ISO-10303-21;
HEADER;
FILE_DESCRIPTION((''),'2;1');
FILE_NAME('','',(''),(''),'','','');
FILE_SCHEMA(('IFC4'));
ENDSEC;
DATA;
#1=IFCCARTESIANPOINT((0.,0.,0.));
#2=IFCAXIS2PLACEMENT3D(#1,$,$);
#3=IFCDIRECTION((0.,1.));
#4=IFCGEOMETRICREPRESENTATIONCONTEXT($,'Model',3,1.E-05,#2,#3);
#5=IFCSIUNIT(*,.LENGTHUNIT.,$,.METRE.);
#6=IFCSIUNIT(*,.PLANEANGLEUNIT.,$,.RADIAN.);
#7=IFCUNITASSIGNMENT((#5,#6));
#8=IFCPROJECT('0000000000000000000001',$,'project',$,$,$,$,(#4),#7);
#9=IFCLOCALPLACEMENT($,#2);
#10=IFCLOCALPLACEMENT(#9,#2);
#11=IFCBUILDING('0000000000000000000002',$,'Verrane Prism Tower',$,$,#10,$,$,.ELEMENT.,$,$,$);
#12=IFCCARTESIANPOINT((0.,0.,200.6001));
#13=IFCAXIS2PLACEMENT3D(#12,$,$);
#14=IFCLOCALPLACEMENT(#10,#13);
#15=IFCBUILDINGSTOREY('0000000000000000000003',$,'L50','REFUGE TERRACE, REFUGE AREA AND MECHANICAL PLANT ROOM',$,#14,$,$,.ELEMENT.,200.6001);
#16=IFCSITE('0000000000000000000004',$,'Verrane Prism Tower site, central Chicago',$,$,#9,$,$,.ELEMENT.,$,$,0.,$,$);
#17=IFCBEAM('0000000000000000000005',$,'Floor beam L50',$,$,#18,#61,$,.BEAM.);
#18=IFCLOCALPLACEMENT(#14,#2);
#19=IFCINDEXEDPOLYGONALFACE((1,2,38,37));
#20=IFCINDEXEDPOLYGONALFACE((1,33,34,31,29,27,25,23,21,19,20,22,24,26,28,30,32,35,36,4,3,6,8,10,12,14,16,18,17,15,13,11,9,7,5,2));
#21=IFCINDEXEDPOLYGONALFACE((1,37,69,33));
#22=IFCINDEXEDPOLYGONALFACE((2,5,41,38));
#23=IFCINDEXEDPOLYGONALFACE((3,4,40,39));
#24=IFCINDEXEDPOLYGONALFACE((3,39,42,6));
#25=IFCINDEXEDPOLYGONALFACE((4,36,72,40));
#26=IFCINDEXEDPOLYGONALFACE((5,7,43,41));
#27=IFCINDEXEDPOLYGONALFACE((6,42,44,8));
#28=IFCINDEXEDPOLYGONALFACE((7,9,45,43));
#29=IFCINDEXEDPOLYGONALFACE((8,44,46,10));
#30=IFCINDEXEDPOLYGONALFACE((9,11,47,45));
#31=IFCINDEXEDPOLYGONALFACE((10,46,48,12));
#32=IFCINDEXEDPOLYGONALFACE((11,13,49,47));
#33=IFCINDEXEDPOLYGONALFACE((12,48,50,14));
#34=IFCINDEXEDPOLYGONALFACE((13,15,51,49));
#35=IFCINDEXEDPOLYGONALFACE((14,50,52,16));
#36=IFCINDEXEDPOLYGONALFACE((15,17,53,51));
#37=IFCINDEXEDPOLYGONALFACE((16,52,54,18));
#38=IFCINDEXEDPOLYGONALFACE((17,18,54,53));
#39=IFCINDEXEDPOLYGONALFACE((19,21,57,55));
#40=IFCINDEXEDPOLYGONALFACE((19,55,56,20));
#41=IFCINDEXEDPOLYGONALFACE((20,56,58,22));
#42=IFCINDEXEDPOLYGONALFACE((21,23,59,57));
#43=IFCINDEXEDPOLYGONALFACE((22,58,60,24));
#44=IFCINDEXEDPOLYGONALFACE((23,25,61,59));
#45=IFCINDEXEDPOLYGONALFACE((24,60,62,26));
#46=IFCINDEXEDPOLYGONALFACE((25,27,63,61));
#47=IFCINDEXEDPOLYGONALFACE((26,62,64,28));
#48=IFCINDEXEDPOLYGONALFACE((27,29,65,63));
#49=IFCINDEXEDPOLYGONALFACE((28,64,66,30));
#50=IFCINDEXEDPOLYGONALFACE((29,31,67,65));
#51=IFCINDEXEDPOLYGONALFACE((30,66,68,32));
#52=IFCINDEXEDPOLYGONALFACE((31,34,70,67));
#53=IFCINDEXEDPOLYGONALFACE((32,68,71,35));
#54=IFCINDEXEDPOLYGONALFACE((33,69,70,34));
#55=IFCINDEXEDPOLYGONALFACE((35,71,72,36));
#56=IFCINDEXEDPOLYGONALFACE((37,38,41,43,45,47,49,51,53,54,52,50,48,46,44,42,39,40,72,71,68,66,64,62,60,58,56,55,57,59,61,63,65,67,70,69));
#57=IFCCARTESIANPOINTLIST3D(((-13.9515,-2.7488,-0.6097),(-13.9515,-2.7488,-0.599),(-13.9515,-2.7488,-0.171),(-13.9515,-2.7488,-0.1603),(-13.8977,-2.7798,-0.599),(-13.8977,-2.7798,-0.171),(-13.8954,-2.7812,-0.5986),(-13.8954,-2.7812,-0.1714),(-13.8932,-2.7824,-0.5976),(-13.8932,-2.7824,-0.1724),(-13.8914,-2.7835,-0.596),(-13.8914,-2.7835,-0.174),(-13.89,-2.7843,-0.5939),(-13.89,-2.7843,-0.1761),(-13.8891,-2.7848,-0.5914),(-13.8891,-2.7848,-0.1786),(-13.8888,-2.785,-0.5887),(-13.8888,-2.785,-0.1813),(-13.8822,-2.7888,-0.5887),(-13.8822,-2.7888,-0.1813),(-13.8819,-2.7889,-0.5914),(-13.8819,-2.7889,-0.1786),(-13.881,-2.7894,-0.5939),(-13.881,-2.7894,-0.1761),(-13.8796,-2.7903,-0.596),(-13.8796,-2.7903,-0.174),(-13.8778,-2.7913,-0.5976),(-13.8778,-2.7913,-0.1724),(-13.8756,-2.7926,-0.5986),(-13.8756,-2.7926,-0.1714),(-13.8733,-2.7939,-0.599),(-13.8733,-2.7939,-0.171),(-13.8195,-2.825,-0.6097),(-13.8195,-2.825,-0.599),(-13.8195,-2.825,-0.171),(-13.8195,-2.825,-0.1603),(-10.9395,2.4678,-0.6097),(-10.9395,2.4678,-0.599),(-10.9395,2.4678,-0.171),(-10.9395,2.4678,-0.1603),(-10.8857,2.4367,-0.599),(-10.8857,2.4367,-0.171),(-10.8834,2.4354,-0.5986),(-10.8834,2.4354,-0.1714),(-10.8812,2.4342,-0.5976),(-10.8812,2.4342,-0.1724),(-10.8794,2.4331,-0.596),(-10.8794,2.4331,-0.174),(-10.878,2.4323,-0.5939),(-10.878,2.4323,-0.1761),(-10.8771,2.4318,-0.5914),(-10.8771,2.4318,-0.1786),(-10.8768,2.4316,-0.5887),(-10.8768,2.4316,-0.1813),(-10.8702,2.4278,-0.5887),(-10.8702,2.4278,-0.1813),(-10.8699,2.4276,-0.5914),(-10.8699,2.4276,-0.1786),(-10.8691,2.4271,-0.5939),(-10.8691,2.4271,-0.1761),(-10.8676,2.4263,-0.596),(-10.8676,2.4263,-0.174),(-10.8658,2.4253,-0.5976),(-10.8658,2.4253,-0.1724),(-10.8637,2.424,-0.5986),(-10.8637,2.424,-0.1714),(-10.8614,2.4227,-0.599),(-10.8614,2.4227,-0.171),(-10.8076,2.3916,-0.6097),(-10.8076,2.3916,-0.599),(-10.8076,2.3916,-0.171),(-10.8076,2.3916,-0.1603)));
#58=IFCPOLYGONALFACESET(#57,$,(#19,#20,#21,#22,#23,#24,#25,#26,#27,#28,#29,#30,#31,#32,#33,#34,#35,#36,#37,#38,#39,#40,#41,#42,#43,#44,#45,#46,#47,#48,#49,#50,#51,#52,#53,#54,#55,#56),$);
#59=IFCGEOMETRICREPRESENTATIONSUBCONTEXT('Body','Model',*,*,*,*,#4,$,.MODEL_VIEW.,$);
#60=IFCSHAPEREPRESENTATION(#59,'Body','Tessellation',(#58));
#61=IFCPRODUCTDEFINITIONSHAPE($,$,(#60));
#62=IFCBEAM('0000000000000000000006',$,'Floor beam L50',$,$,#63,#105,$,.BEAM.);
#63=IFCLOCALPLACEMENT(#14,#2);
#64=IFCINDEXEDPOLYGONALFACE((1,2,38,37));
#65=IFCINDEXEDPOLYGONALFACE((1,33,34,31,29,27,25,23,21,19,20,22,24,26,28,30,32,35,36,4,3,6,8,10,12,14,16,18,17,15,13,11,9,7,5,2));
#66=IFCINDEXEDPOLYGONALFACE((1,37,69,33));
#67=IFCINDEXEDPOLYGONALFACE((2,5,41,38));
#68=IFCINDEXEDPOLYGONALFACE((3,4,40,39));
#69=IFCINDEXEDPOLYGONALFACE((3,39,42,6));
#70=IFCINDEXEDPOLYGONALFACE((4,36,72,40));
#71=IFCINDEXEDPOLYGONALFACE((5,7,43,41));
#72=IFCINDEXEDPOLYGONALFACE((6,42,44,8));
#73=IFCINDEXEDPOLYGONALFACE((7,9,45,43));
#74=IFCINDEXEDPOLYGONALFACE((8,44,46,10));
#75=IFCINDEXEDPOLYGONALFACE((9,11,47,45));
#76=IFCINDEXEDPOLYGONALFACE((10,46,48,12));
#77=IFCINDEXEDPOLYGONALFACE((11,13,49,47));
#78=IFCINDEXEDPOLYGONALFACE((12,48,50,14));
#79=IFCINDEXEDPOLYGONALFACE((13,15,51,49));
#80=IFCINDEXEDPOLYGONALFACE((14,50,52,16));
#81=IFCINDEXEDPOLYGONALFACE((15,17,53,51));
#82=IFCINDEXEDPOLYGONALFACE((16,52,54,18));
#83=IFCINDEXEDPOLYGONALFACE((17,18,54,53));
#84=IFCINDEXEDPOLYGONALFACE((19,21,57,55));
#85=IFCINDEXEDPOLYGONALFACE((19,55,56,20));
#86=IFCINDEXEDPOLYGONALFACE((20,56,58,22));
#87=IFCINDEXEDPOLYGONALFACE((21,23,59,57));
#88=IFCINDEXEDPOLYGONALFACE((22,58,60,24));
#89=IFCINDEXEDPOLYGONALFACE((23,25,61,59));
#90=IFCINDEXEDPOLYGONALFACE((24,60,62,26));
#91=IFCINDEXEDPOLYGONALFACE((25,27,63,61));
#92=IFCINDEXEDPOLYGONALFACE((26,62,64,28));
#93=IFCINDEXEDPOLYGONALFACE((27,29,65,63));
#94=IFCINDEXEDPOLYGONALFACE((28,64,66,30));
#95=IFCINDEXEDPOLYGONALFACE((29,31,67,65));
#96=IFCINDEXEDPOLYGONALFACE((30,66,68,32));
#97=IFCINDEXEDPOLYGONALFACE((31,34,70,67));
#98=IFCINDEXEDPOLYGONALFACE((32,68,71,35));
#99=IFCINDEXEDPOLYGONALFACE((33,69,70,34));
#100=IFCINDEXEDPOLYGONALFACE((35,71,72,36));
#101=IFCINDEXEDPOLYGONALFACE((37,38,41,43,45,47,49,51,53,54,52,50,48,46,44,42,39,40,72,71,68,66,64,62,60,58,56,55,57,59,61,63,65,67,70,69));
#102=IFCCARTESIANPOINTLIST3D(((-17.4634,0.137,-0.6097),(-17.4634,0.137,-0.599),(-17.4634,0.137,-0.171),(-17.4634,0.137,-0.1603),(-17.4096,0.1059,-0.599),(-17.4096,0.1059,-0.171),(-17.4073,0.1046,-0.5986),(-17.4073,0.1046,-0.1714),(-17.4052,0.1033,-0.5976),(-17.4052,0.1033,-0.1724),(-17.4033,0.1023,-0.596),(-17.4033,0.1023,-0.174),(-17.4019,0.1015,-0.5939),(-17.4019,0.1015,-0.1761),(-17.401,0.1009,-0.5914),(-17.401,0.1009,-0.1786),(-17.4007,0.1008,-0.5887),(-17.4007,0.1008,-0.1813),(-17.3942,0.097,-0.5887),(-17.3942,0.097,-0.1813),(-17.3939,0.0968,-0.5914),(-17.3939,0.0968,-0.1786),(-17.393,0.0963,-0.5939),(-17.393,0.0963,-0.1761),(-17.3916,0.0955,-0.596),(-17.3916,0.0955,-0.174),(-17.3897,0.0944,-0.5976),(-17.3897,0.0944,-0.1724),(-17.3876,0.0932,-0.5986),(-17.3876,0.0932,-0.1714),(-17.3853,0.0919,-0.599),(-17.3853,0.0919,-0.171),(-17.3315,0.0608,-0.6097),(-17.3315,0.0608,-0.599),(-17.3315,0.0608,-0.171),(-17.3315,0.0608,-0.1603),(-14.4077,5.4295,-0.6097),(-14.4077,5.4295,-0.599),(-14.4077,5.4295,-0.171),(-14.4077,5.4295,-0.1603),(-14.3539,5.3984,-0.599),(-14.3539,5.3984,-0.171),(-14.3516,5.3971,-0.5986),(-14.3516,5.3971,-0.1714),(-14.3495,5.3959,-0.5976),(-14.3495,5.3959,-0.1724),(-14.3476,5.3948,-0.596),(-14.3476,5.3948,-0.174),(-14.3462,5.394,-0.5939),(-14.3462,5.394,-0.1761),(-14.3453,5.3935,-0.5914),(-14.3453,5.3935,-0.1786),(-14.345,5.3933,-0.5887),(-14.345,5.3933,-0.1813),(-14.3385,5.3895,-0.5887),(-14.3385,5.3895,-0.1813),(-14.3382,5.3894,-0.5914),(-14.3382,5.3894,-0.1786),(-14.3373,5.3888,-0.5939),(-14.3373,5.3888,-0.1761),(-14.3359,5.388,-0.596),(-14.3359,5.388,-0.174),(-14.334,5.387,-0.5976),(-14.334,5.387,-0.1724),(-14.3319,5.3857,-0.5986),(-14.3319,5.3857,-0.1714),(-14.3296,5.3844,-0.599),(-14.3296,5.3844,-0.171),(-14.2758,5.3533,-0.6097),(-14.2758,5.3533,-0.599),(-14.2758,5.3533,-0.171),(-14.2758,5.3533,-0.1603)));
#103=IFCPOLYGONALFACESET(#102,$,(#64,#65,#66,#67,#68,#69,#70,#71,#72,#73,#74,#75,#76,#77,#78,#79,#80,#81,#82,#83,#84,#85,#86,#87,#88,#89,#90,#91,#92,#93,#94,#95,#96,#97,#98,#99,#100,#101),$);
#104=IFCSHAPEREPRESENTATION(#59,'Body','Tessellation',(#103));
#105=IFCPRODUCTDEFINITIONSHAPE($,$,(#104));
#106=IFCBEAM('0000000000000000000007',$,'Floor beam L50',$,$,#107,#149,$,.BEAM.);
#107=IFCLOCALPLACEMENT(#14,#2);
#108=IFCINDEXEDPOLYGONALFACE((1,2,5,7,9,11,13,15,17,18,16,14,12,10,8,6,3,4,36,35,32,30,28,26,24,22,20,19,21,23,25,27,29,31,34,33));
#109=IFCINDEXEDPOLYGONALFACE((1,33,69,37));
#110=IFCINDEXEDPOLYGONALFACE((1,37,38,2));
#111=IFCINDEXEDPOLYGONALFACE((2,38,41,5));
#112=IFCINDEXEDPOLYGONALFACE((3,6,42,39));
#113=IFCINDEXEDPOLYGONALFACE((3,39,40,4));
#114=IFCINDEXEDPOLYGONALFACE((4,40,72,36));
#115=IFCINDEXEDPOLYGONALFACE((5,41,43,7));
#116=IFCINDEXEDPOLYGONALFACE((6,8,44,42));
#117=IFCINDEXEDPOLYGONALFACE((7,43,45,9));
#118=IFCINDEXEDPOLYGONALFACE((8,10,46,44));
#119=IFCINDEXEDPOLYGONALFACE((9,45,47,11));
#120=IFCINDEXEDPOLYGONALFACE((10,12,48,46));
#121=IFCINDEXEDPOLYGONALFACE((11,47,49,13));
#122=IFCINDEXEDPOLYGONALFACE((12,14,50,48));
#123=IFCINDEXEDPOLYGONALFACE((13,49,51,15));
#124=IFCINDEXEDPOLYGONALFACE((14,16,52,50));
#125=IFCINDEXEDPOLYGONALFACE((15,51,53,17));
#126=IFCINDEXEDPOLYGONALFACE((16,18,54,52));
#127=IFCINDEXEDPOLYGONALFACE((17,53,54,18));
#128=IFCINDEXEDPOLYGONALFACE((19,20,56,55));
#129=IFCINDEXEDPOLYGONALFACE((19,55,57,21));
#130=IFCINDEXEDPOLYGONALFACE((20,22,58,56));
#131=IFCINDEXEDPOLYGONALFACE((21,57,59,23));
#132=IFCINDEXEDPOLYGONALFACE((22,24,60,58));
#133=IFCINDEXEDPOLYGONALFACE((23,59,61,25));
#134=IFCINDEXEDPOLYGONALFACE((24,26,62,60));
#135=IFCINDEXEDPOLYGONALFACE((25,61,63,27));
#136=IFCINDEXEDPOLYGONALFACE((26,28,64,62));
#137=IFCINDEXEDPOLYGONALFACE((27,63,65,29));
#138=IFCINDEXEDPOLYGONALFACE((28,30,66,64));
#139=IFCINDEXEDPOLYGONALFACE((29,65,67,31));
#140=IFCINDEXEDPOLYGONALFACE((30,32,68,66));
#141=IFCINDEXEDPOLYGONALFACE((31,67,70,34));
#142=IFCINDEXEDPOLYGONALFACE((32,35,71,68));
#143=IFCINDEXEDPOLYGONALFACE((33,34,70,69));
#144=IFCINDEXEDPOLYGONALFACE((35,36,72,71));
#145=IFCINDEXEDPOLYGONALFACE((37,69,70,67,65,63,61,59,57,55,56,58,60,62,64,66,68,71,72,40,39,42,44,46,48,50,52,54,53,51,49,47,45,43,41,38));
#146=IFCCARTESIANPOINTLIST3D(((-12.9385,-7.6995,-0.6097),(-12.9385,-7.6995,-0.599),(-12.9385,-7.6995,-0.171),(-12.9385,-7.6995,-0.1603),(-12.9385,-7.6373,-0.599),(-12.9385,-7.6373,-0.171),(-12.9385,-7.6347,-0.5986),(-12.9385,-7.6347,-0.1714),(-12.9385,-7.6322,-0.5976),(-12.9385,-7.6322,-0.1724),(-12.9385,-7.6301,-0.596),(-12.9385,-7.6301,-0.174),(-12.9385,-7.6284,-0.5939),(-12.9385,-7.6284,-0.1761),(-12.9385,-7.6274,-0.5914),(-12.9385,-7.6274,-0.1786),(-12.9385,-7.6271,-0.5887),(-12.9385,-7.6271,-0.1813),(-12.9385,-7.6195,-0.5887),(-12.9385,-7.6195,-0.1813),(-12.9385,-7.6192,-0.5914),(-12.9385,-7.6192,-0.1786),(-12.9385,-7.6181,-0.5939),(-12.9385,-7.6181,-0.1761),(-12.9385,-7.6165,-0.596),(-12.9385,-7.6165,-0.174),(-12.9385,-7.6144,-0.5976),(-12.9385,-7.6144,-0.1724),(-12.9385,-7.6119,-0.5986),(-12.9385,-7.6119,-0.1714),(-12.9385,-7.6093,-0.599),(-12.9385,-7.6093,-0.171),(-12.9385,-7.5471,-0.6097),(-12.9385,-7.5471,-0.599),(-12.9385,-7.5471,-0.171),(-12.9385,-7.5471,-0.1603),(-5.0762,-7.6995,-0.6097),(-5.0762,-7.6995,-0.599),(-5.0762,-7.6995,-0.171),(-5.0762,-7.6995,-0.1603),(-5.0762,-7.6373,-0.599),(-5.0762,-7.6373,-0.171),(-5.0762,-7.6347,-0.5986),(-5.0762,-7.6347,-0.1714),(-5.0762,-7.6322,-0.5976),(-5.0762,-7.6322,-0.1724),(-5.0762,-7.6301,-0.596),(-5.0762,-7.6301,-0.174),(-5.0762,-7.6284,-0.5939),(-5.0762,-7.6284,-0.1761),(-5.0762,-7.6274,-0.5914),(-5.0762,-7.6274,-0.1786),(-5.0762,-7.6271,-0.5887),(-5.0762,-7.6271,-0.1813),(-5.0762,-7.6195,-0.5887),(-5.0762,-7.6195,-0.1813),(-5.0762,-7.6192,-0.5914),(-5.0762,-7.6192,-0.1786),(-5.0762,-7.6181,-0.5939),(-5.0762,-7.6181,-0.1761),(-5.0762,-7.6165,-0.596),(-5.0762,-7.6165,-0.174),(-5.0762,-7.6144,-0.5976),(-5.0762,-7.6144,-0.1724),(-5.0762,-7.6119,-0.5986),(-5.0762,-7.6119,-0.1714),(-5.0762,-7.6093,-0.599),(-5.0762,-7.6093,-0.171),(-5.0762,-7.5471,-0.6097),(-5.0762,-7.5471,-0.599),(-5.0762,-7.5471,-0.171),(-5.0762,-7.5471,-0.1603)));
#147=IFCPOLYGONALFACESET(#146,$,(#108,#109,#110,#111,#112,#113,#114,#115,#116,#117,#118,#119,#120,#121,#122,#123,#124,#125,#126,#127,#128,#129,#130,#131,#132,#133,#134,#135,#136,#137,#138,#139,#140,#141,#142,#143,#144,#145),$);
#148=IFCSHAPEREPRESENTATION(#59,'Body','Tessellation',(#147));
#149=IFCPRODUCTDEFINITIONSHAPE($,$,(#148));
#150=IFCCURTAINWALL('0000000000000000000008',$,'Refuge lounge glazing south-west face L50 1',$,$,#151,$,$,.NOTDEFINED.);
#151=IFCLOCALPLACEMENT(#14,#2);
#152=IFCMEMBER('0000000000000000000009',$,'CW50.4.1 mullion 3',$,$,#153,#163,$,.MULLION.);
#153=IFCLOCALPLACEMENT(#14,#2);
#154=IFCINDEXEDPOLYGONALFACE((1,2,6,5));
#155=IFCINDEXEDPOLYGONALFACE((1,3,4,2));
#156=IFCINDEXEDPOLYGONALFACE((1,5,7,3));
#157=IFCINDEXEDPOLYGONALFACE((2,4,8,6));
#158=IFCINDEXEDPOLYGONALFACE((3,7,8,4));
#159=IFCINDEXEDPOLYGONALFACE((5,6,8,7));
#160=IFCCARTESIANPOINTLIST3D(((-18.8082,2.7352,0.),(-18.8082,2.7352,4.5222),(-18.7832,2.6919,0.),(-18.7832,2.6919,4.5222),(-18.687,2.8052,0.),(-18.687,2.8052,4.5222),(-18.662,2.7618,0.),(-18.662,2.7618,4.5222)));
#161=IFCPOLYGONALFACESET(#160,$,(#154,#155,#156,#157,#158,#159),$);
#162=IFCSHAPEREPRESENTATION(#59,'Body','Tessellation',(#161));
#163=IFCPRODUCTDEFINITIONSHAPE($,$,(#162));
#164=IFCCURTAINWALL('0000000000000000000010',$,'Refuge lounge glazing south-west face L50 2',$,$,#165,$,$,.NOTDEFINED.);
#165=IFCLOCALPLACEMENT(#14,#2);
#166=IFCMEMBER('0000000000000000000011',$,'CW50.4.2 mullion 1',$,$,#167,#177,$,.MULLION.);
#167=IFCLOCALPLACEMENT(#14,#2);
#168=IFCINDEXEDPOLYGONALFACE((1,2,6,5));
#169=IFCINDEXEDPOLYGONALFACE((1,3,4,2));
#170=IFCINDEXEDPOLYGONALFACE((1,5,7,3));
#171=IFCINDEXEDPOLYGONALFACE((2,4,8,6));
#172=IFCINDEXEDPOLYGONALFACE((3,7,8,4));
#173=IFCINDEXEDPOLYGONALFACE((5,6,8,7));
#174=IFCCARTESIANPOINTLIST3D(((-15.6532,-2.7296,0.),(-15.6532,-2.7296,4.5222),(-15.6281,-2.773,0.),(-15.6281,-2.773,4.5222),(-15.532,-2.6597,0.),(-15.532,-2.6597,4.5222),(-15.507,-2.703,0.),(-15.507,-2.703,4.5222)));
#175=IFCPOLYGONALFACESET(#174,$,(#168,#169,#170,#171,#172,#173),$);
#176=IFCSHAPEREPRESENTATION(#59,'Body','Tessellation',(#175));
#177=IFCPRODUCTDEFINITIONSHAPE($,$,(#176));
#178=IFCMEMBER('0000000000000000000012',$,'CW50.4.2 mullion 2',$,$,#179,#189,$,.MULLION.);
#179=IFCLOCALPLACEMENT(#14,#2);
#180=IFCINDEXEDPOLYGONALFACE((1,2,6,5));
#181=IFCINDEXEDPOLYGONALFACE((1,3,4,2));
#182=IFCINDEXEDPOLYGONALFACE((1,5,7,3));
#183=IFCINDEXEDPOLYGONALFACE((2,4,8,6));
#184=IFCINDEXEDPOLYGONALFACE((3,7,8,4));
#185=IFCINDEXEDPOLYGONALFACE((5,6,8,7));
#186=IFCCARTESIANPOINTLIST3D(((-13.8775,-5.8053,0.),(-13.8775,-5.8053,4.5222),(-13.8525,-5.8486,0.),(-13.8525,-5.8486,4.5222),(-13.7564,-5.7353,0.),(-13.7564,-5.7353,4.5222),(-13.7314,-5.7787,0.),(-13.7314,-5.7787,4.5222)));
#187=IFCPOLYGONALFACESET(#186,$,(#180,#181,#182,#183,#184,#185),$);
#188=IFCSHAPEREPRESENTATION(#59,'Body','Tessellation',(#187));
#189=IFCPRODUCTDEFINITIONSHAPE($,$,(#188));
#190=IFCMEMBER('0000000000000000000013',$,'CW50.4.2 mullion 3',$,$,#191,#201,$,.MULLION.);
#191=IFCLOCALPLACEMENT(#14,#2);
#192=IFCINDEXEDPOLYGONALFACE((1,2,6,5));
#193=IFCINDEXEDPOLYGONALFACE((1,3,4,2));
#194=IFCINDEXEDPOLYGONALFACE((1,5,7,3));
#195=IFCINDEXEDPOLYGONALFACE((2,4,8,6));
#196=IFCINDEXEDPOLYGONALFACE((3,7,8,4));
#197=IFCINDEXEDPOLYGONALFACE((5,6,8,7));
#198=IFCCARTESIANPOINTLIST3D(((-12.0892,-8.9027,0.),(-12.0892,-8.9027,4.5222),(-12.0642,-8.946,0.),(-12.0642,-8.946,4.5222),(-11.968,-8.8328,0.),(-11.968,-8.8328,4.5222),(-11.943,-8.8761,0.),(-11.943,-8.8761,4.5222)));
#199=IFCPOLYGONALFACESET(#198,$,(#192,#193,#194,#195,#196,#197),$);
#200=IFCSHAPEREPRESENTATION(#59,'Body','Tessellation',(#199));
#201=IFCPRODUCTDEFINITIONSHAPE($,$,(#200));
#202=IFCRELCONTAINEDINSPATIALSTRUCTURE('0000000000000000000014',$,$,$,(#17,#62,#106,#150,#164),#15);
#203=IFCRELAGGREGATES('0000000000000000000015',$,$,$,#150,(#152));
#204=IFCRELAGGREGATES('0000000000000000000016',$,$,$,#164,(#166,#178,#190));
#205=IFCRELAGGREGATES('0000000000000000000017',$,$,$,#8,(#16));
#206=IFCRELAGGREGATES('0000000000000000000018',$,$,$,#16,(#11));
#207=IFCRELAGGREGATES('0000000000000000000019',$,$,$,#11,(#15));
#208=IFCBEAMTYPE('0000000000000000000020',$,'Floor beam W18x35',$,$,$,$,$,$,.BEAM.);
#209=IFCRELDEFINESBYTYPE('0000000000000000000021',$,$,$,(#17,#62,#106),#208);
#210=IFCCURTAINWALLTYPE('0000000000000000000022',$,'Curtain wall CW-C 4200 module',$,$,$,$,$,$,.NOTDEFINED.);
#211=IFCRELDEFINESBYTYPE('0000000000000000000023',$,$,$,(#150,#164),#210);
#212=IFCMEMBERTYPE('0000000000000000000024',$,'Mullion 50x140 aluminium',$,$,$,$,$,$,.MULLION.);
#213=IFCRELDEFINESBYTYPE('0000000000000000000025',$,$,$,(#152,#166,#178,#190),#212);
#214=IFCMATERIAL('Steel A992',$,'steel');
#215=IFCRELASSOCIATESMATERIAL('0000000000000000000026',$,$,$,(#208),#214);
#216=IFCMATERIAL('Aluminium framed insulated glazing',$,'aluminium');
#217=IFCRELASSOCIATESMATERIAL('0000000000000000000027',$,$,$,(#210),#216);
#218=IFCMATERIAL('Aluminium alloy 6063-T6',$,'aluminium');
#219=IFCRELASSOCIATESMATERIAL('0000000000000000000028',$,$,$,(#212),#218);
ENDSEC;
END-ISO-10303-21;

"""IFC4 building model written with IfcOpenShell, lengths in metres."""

from ifc_helpers import new_model, si_unit, direction, frame, origin, origin_2d, place, context, subcontext, project, spatial, rectangle, i_section, extrude, material, material_profile, profile_set, type_object, element, aggregate, save


model = new_model("IFC4")

# Units and contexts
model_context = context("Model", 3, precision=1e-05, world=origin(), true_north=direction((0.0, 1.0)))
body_context = subcontext(model_context, "Body", "Model", "MODEL_VIEW")
ifc_project = project(units=[si_unit("LENGTHUNIT", "METRE"), si_unit("PLANEANGLEUNIT", "RADIAN")], contexts=[model_context])

# Site, building, storey
site_placement = place(None, origin())
site = spatial("IfcSite", under=ifc_project, at=site_placement, Name="Verrane Prism Tower site, central Chicago", CompositionType="ELEMENT", RefElevation=0.0)
building_placement = place(site_placement, origin())
building = spatial("IfcBuilding", under=site, at=building_placement, Name="Verrane Prism Tower", CompositionType="ELEMENT")
storey_placement = place(building_placement, frame((0.0, 0.0, 200.6001)))
storey = spatial("IfcBuildingStorey", under=building, at=storey_placement, Name="L50", Description="REFUGE TERRACE, REFUGE AREA AND MECHANICAL PLANT ROOM", CompositionType="ELEMENT", Elevation=200.6001)

# Beams
ifc_material_1 = material(Name="Steel A992", Category="steel")
ifc_material_profile_1 = material_profile(ifc_material_1, i_section(OverallWidth=0.1523, OverallDepth=0.4495, WebThickness=0.0076, FlangeThickness=0.0107, FilletRadius=0.0103, at=origin_2d()), Name="W18x35")
ifc_profile_set_1 = profile_set([ifc_material_profile_1], Name="Steel A992")
beam_type_1 = type_object("IfcBeamType", Name="Floor beam W18x35", PredefinedType="BEAM", material=ifc_profile_set_1)
beam_1_placement = place(storey_placement, frame((-13.8855, -2.7869, -0.385), z_axis=(0.500023, 0.866012, 0.0), x_axis=(-0.866012, 0.500023, 0.0)))
element("IfcBeam", 1, at=beam_1_placement, inside=storey, type_object=beam_type_1, Name="Floor beam L50", PredefinedType="BEAM", context=body_context, shape_type="SweptSolid", body=[
    extrude(i_section(OverallWidth=0.1523, OverallDepth=0.4495, WebThickness=0.0076, FlangeThickness=0.0107, FilletRadius=0.0103, at=origin_2d()), origin(), (0.0, 0.0, 1.0), 6.0237),
])
beam_2_placement = place(storey_placement, frame((-17.3975, 0.0989, -0.385), z_axis=(0.500006, 0.866022, 0.0), x_axis=(-0.866022, 0.500006, 0.0)))
element("IfcBeam", 2, at=beam_2_placement, inside=storey, type_object=beam_type_1, Name="Floor beam L50", PredefinedType="BEAM", context=body_context, shape_type="SweptSolid", body=[
    extrude(i_section(OverallWidth=0.1523, OverallDepth=0.4495, WebThickness=0.0076, FlangeThickness=0.0107, FilletRadius=0.0103, at=origin_2d()), origin(), (0.0, 0.0, 1.0), 6.1113),
])
beam_3_placement = place(storey_placement, frame((-12.9385, -7.6233, -0.385), z_axis=(1.0, 0.0, 0.0), x_axis=(0.0, 1.0, 0.0)))
element("IfcBeam", 3, at=beam_3_placement, inside=storey, type_object=beam_type_1, Name="Floor beam L50", PredefinedType="BEAM", context=body_context, shape_type="SweptSolid", body=[
    extrude(i_section(OverallWidth=0.1523, OverallDepth=0.4495, WebThickness=0.0076, FlangeThickness=0.0107, FilletRadius=0.0103, at=origin_2d()), origin(), (0.0, 0.0, 1.0), 7.8623),
])

# Curtain wall, member
ifc_material_2 = material(Name="Aluminium framed insulated glazing", Category="aluminium")
curtain_wall_type = type_object("IfcCurtainWallType", Name="Curtain wall CW-C 4200 module", PredefinedType="NOTDEFINED", material=ifc_material_2)
curtain_wall_1_placement = place(storey_placement, origin())
curtain_wall_1 = element("IfcCurtainWall", 4, at=curtain_wall_1_placement, inside=storey, type_object=curtain_wall_type, Name="Refuge lounge glazing south-west face L50 1", PredefinedType="NOTDEFINED")
ifc_material_3 = material(Name="Aluminium alloy 6063-T6", Category="aluminium")
ifc_material_profile_2 = material_profile(ifc_material_3, rectangle(XDim=0.1399, YDim=0.05, at=origin_2d()), Name="Mullion 50x140 aluminium")
ifc_profile_set_2 = profile_set([ifc_material_profile_2], Name="Aluminium alloy 6063-T6")
member_type_1 = type_object("IfcMemberType", Name="Mullion 50x140 aluminium", PredefinedType="MULLION", material=ifc_profile_set_2)
member_1_placement = place(storey_placement, frame((-18.7351, 2.7485, 0.0), z_axis=(0.0, 0.0, 1.0), x_axis=(0.866024, 0.500003, 0.0)))
member_1 = element("IfcMember", 5, at=member_1_placement, type_object=member_type_1, Name="CW50.4.1 mullion 3", PredefinedType="MULLION", context=body_context, shape_type="SweptSolid", body=[
    extrude(rectangle(XDim=0.1399, YDim=0.05, at=origin_2d()), origin(), (0.0, 0.0, 1.0), 4.5222),
])
aggregate(curtain_wall_1, [member_1])

# Curtain wall, members
curtain_wall_2_placement = place(storey_placement, origin())
curtain_wall_2 = element("IfcCurtainWall", 6, at=curtain_wall_2_placement, inside=storey, type_object=curtain_wall_type, Name="Refuge lounge glazing south-west face L50 2", PredefinedType="NOTDEFINED")
member_2_placement = place(storey_placement, frame((-15.5801, -2.7163, 0.0), z_axis=(0.0, 0.0, 1.0), x_axis=(0.866028, 0.499996, 0.0)))
member_2 = element("IfcMember", 7, at=member_2_placement, type_object=member_type_1, Name="CW50.4.2 mullion 1", PredefinedType="MULLION", context=body_context, shape_type="SweptSolid", body=[
    extrude(rectangle(XDim=0.1399, YDim=0.05, at=origin_2d()), origin(), (0.0, 0.0, 1.0), 4.5222),
])
member_3_placement = place(storey_placement, frame((-13.8044, -5.792, 0.0), z_axis=(0.0, 0.0, 1.0), x_axis=(0.866028, 0.499996, 0.0)))
member_3 = element("IfcMember", 8, at=member_3_placement, type_object=member_type_1, Name="CW50.4.2 mullion 2", PredefinedType="MULLION", context=body_context, shape_type="SweptSolid", body=[
    extrude(rectangle(XDim=0.1399, YDim=0.05, at=origin_2d()), origin(), (0.0, 0.0, 1.0), 4.5222),
])
member_4_placement = place(storey_placement, frame((-12.0161, -8.8894, 0.0), z_axis=(0.0, 0.0, 1.0), x_axis=(0.866028, 0.499996, 0.0)))
member_4 = element("IfcMember", 9, at=member_4_placement, type_object=member_type_1, Name="CW50.4.2 mullion 3", PredefinedType="MULLION", context=body_context, shape_type="SweptSolid", body=[
    extrude(rectangle(XDim=0.1399, YDim=0.05, at=origin_2d()), origin(), (0.0, 0.0, 1.0), 4.5222),
])

aggregate(curtain_wall_2, [member_2, member_3, member_4])

save(model, "model.ifc")
